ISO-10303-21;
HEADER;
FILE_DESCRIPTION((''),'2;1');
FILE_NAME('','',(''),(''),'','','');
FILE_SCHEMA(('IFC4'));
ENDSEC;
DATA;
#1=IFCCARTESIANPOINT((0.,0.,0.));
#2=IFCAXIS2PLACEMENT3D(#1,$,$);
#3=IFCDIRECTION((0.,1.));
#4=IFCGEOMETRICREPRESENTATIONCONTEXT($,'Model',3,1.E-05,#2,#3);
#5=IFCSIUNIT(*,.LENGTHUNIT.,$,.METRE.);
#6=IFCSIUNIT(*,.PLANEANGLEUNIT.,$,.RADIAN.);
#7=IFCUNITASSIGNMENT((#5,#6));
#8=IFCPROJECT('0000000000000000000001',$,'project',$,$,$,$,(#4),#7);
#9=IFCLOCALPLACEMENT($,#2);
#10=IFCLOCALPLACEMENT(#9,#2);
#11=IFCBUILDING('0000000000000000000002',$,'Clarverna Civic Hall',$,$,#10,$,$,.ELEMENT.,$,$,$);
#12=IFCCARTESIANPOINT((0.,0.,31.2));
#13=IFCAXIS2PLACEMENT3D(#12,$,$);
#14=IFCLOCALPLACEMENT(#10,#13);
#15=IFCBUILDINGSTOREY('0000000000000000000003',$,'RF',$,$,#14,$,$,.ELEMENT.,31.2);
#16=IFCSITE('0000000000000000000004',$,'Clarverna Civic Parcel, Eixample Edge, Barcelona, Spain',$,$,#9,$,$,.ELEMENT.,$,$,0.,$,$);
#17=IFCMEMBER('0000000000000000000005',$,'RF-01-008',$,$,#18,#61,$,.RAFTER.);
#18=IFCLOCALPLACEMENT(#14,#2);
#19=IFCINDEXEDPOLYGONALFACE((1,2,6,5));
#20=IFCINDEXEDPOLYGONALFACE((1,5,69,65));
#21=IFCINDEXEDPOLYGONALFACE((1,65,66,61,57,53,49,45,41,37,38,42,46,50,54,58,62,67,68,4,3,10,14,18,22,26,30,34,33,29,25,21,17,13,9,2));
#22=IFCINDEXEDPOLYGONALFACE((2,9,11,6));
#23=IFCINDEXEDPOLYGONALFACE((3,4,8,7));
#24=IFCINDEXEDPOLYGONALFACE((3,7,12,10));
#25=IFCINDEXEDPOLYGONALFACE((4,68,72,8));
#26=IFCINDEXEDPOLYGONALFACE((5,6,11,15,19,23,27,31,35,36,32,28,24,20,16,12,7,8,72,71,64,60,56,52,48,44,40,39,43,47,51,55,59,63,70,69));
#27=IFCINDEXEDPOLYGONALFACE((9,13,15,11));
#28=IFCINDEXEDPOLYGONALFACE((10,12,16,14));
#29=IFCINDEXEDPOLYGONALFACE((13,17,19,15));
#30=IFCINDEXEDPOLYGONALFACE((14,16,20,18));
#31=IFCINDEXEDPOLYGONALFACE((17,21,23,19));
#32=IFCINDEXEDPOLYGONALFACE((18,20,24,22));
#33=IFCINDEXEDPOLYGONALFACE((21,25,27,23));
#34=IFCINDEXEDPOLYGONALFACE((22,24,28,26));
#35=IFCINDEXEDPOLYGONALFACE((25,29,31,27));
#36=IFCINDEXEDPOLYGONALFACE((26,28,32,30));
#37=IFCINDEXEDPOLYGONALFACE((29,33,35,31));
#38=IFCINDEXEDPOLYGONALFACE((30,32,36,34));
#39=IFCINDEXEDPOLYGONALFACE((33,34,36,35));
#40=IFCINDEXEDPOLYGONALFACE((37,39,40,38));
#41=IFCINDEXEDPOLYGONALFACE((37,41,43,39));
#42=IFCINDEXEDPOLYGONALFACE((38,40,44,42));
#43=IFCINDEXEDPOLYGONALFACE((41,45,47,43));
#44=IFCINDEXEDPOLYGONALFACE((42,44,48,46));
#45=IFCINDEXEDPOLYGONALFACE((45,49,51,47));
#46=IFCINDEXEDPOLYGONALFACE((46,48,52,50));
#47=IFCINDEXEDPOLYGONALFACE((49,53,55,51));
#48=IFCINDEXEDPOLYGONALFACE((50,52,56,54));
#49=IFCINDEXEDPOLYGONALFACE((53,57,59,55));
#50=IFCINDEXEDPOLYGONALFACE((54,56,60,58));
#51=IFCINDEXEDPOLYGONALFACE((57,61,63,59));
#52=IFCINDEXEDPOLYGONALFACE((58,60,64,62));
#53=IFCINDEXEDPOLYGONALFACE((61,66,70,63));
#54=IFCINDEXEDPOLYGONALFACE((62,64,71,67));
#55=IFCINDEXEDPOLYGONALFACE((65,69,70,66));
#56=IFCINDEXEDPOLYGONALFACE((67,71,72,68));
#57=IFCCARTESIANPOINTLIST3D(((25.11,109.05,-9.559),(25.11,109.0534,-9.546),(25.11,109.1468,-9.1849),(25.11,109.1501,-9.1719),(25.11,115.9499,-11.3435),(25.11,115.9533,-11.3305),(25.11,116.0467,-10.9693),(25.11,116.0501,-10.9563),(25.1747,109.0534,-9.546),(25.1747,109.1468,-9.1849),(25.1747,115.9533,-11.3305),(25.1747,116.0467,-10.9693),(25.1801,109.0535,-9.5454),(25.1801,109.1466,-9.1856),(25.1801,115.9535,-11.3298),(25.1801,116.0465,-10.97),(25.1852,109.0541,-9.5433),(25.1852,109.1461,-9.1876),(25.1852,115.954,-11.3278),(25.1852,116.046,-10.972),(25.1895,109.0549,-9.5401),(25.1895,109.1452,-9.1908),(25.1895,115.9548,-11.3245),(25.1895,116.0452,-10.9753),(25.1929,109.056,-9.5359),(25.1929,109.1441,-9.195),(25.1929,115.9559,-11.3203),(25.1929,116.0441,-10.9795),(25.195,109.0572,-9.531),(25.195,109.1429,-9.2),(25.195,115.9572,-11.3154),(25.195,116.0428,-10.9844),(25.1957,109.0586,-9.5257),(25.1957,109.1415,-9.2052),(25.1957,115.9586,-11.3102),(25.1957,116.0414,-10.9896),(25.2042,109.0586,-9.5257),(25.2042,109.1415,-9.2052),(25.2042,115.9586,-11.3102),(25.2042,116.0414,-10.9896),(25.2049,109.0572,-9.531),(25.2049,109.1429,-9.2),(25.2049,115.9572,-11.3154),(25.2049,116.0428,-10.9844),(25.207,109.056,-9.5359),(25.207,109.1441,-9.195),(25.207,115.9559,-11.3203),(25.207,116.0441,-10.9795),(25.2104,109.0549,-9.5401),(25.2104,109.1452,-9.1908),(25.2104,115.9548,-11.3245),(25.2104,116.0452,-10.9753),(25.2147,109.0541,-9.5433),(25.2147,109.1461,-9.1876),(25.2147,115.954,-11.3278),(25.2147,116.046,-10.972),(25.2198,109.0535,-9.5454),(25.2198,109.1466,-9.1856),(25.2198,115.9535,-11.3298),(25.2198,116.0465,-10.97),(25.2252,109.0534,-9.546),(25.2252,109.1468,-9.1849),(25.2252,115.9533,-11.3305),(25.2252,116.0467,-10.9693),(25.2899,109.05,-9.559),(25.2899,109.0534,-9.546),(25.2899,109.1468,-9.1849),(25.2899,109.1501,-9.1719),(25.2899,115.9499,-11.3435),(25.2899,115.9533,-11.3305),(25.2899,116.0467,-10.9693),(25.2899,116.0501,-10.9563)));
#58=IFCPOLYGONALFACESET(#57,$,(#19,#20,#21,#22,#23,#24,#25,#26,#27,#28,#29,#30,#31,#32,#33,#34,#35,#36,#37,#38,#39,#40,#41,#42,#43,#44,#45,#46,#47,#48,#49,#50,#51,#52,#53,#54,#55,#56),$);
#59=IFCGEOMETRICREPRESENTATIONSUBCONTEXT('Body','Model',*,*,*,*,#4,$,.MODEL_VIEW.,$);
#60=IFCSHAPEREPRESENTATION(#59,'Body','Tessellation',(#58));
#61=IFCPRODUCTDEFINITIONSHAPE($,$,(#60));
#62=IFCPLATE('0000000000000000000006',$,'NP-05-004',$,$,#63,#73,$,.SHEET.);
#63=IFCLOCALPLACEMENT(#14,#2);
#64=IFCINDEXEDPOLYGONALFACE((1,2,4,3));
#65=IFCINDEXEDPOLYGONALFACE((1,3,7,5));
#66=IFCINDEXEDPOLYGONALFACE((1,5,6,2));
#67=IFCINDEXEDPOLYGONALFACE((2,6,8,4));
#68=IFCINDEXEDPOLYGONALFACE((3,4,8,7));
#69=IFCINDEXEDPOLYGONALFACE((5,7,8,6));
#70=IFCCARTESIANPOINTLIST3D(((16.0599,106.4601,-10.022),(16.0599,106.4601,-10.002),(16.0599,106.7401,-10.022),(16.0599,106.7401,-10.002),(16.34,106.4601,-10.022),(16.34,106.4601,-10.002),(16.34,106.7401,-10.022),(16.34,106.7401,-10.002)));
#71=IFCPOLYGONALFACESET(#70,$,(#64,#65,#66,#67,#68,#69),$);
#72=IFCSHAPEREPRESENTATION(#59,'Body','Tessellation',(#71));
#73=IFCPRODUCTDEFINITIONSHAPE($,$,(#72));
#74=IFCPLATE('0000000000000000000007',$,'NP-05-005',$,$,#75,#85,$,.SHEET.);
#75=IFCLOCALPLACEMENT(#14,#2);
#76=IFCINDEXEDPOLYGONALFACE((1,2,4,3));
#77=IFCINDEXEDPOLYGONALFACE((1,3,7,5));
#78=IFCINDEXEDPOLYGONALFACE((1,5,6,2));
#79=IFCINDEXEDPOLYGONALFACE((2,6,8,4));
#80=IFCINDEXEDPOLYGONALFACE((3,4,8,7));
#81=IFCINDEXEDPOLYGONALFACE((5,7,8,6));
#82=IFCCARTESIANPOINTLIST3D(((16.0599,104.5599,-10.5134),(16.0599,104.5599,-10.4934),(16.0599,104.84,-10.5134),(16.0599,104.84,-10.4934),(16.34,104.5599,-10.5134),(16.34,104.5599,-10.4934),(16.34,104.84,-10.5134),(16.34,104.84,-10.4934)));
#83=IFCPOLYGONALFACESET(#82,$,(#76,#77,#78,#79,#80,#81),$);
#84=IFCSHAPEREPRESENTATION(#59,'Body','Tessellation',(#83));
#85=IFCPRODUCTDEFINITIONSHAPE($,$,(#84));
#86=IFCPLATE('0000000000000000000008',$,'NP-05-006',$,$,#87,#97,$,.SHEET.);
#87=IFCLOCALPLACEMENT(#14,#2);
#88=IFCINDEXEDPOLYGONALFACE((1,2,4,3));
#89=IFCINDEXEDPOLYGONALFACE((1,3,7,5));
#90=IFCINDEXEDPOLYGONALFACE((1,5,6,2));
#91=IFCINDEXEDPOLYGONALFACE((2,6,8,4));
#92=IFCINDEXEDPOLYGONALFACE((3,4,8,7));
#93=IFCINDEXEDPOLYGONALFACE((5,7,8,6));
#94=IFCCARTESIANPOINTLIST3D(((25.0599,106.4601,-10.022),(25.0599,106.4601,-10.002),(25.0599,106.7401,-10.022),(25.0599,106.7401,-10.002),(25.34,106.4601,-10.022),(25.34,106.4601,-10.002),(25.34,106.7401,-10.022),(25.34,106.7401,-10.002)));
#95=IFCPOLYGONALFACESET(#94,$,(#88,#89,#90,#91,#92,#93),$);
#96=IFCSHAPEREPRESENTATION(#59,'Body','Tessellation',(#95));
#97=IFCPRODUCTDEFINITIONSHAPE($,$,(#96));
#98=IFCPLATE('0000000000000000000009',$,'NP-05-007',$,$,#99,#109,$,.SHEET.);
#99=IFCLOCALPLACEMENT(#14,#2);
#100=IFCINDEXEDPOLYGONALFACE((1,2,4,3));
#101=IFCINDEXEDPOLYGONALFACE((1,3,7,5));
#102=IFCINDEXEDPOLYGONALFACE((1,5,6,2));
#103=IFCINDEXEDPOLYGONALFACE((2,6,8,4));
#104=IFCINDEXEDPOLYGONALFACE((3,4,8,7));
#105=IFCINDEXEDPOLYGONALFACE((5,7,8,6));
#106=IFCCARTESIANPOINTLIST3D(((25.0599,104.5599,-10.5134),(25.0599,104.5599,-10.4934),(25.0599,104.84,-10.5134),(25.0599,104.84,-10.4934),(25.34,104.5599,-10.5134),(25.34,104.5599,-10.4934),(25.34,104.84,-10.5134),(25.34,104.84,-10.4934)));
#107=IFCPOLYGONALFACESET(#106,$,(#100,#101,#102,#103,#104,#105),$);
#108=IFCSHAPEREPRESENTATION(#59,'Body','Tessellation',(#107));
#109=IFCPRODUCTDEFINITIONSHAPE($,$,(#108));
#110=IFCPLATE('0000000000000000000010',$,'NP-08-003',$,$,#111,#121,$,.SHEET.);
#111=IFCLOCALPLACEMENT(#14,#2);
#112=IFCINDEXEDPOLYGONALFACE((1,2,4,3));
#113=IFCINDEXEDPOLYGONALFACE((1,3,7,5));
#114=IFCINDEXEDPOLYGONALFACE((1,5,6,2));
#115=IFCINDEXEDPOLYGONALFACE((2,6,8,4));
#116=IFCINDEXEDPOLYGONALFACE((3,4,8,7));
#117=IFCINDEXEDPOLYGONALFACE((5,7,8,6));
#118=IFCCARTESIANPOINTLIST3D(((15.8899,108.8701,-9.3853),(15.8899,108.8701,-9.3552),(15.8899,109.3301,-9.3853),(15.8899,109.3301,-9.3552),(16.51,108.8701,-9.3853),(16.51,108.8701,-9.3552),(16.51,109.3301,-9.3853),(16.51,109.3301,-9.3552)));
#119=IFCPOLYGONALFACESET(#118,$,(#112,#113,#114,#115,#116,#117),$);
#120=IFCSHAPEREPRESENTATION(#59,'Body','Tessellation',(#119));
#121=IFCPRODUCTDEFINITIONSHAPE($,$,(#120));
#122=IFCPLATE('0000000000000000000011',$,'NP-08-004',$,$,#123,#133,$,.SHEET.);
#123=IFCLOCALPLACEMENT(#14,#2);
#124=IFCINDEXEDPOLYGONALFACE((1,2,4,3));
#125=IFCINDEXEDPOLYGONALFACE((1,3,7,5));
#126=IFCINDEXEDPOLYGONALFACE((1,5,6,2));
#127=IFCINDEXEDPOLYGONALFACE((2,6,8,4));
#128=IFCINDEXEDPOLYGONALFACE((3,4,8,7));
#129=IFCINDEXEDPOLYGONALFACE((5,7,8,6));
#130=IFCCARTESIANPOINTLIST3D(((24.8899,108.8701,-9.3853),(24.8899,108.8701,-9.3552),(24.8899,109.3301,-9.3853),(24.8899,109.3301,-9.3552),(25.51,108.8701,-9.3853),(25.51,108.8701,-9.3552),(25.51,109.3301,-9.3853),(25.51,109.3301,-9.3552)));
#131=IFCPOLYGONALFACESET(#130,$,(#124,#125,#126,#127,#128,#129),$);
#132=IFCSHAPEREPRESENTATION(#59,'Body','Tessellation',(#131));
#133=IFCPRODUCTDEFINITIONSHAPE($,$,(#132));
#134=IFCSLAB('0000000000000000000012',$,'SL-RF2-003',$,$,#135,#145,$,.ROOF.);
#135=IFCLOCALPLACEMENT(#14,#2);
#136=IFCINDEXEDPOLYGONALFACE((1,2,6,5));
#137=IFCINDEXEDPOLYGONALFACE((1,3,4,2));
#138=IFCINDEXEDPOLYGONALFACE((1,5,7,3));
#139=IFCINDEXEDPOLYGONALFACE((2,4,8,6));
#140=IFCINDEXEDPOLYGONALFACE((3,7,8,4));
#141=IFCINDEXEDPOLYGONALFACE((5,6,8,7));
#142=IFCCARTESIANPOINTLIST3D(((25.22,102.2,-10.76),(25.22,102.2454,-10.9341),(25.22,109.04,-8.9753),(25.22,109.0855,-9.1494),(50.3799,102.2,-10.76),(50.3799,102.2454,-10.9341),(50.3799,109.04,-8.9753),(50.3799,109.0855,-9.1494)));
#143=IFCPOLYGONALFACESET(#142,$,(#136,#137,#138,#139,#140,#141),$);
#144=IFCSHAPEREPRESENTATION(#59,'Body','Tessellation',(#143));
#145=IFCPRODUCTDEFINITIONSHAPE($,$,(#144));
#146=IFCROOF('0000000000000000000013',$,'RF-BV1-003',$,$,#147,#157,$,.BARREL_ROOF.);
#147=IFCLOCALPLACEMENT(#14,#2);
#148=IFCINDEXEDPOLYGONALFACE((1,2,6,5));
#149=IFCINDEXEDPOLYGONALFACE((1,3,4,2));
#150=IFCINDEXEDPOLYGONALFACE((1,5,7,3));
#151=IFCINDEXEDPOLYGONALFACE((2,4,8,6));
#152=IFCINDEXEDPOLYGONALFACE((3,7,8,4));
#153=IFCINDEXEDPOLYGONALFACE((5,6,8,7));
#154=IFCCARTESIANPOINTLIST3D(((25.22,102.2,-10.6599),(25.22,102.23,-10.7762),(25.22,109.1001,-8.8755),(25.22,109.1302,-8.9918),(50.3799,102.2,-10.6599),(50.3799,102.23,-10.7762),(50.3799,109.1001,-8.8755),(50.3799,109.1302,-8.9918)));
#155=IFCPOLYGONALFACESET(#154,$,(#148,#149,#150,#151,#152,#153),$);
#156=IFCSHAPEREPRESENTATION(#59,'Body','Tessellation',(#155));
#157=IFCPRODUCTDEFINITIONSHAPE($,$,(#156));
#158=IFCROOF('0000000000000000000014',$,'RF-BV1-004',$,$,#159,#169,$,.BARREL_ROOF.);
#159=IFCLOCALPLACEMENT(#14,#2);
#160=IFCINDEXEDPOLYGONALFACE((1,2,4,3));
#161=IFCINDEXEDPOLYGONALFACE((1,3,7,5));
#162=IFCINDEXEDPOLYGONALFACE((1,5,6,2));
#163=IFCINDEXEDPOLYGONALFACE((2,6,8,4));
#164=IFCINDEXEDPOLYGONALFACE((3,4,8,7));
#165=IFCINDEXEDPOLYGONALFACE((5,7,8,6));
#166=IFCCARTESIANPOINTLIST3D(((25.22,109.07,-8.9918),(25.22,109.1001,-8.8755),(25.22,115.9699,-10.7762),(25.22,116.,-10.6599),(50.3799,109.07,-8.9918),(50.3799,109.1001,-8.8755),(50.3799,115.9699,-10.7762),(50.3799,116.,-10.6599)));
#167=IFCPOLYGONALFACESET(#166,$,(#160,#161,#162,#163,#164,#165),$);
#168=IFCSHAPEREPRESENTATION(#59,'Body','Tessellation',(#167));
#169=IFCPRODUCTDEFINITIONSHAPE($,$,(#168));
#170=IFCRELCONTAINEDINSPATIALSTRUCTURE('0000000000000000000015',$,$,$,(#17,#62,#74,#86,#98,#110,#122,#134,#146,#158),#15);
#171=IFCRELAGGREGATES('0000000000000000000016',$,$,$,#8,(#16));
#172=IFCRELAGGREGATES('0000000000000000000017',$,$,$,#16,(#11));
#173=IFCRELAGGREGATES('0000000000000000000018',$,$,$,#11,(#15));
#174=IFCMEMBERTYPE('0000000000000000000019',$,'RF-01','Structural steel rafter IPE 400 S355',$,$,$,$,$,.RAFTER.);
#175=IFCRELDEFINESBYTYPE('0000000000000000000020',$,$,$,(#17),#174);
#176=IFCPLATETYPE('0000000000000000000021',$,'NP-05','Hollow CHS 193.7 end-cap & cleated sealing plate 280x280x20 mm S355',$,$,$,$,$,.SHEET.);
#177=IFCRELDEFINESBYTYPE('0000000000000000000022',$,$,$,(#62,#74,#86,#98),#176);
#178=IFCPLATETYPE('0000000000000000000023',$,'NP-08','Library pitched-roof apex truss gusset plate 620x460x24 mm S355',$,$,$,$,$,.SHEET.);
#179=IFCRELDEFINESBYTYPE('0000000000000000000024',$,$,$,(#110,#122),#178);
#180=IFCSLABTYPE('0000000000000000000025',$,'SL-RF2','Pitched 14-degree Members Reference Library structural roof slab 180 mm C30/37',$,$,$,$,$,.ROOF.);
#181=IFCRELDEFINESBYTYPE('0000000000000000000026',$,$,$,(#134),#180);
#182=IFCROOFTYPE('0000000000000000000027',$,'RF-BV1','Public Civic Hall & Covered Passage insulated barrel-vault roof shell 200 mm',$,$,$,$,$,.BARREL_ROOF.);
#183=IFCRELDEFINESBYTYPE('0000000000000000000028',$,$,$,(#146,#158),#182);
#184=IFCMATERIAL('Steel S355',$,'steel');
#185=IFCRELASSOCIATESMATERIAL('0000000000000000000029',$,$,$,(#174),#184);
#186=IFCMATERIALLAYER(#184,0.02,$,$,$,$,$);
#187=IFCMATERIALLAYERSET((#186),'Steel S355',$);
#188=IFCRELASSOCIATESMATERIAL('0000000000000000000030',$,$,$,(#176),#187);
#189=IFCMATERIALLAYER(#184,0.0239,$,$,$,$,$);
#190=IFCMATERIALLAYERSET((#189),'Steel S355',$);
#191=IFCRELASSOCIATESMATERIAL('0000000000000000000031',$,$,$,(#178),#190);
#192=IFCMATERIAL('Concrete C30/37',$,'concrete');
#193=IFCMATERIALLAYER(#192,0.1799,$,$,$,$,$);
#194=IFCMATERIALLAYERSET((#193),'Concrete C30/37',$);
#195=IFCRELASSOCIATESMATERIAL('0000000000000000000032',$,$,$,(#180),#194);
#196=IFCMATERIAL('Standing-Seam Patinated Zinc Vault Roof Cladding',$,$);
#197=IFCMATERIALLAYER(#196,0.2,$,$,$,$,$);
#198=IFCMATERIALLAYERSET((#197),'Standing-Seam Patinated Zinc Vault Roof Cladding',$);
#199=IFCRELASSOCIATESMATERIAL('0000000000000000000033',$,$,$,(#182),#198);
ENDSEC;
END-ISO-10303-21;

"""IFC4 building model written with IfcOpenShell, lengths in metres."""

from ifc_helpers import new_model, si_unit, direction, frame, origin, origin_2d, place, context, subcontext, project, spatial, polyline, rectangle, i_section, outline, extrude, material, layer, layer_set, material_profile, profile_set, type_object, element, save


model = new_model("IFC4")

# Units and contexts
model_context = context("Model", 3, precision=1e-05, world=origin(), true_north=direction((0.0, 1.0)))
body_context = subcontext(model_context, "Body", "Model", "MODEL_VIEW")
ifc_project = project(units=[si_unit("LENGTHUNIT", "METRE"), si_unit("PLANEANGLEUNIT", "RADIAN")], contexts=[model_context])

# Site, building, storey
site_placement = place(None, origin())
site = spatial("IfcSite", under=ifc_project, at=site_placement, Name="Clarverna Civic Parcel, Eixample Edge, Barcelona, Spain", CompositionType="ELEMENT", RefElevation=0.0)
building_placement = place(site_placement, origin())
building = spatial("IfcBuilding", under=site, at=building_placement, Name="Clarverna Civic Hall", CompositionType="ELEMENT")
storey_placement = place(building_placement, frame((0.0, 0.0, 31.2)))
storey = spatial("IfcBuildingStorey", under=building, at=storey_placement, Name="RF", CompositionType="ELEMENT", Elevation=31.2)

# Member
ifc_material_1 = material(Name="Steel S355", Category="steel")
ifc_material_profile_1 = material_profile(ifc_material_1, i_section(OverallWidth=0.1799, OverallDepth=0.3999, WebThickness=0.0085, FlangeThickness=0.0134, FilletRadius=0.021, at=origin_2d()), Name="IPE 400")
ifc_profile_set_1 = profile_set([ifc_material_profile_1], Name="Steel S355")
member_type_1 = type_object("IfcMemberType", Name="RF-01", Description="Structural steel rafter IPE 400 S355", PredefinedType="RAFTER", material=ifc_profile_set_1)
member_1_placement = place(storey_placement, frame((25.2, 116.0, -11.1499), z_axis=(0.0, -0.968148, 0.250378), x_axis=(1.0, 0.0, 0.0)))
element("IfcMember", 1, at=member_1_placement, inside=storey, type_object=member_type_1, Name="RF-01-008", PredefinedType="RAFTER", context=body_context, shape_type="SweptSolid", body=[
    extrude(i_section(OverallWidth=0.1799, OverallDepth=0.3999, WebThickness=0.0085, FlangeThickness=0.0134, FilletRadius=0.021, at=origin_2d()), origin(), (0.0, 0.0, 1.0), 7.127),
])

# Plates
ifc_layer_1 = layer(ifc_material_1, 0.02)
ifc_layer_set_1 = layer_set([ifc_layer_1], Name="Steel S355")
plate_type_1 = type_object("IfcPlateType", Name="NP-05", Description="Hollow CHS 193.7 end-cap & cleated sealing plate 280x280x20 mm S355", PredefinedType="SHEET", material=ifc_layer_set_1)
for number, where, z_axis, x_axis, name in (
    (2, (16.2, 106.6001, -10.022), (0.0, 0.0, 1.0), (1.0, 0.0, 0.0), "NP-05-004"),
    (3, (16.2, 104.7, -10.5134), (0.0, 0.0, 1.0), (1.0, 0.0, 0.0), "NP-05-005"),
    (4, (25.2, 106.6001, -10.022), (0.0, 0.0, 1.0), (1.0, 0.0, 0.0), "NP-05-006"),
    (5, (25.2, 104.7, -10.5134), (0.0, 0.0, 1.0), (1.0, 0.0, 0.0), "NP-05-007"),
):
    element("IfcPlate", number, at=place(storey_placement, frame(where, z_axis=z_axis, x_axis=x_axis)), inside=storey, type_object=plate_type_1, Name=name, PredefinedType="SHEET", context=body_context, shape_type="SweptSolid", body=[
        extrude(rectangle(XDim=0.28, YDim=0.28, at=origin_2d()), origin(), (0.0, 0.0, 1.0), 0.02),
    ])
ifc_layer_2 = layer(ifc_material_1, 0.0239)
ifc_layer_set_2 = layer_set([ifc_layer_2], Name="Steel S355")
plate_type_2 = type_object("IfcPlateType", Name="NP-08", Description="Library pitched-roof apex truss gusset plate 620x460x24 mm S355", PredefinedType="SHEET", material=ifc_layer_set_2)
for number, where, z_axis, x_axis, name in (
    (6, (16.2, 109.1001, -9.3853), (0.0, 0.0, 1.0), (1.0, 0.0, 0.0), "NP-08-003"),
    (7, (25.2, 109.1001, -9.3853), (0.0, 0.0, 1.0), (1.0, 0.0, 0.0), "NP-08-004"),
):
    element("IfcPlate", number, at=place(storey_placement, frame(where, z_axis=z_axis, x_axis=x_axis)), inside=storey, type_object=plate_type_2, Name=name, PredefinedType="SHEET", context=body_context, shape_type="SweptSolid", body=[
        extrude(rectangle(XDim=0.6201, YDim=0.46, at=origin_2d()), origin(), (0.0, 0.0, 1.0), 0.03),
    ])

# Slab
ifc_material_2 = material(Name="Concrete C30/37", Category="concrete")
ifc_layer_3 = layer(ifc_material_2, 0.1799)
ifc_layer_set_3 = layer_set([ifc_layer_3], Name="Concrete C30/37")
slab_type = type_object("IfcSlabType", Name="SL-RF2", Description="Pitched 14-degree Members Reference Library structural roof slab 180 mm C30/37", PredefinedType="ROOF", material=ifc_layer_set_3)
slab_placement = place(storey_placement, frame((25.22, 102.2, -10.76), z_axis=(0.0, -0.252461, 0.967607), x_axis=(1.0, 0.0, 0.0)))
element("IfcSlab", 8, at=slab_placement, inside=storey, type_object=slab_type, Name="SL-RF2-003", PredefinedType="ROOF", context=body_context, shape_type="SweptSolid", body=[
    extrude(outline(polyline([(0.0, 0.0), (25.1599, 0.0), (25.1599, 7.0691), (0.0, 7.0691), (0.0, 0.0)])), origin(), (0.0, 0.0, -1.0), 0.1799),
])

# Roofs
ifc_material_3 = material(Name="Standing-Seam Patinated Zinc Vault Roof Cladding")
ifc_layer_4 = layer(ifc_material_3, 0.2)
ifc_layer_set_4 = layer_set([ifc_layer_4], Name="Standing-Seam Patinated Zinc Vault Roof Cladding")
roof_type = type_object("IfcRoofType", Name="RF-BV1", Description="Public Civic Hall & Covered Passage insulated barrel-vault roof shell 200 mm", PredefinedType="BARREL_ROOF", material=ifc_layer_set_4)
roof_1_placement = place(storey_placement, frame((25.22, 102.2, -10.6599), z_axis=(0.0, -0.25037, 0.96815), x_axis=(1.0, 0.0, 0.0)))
element("IfcRoof", 9, at=roof_1_placement, inside=storey, type_object=roof_type, Name="RF-BV1-003", PredefinedType="BARREL_ROOF", context=body_context, shape_type="SweptSolid", body=[
    extrude(outline(polyline([(0.0, 0.0), (25.1599, 0.0), (25.1599, 7.1271), (0.0, 7.1271), (0.0, 0.0)])), origin(), (0.0, 0.0, -1.0), 0.1201),
])
roof_2_placement = place(storey_placement, frame((25.22, 109.1001, -8.8755), z_axis=(0.0, 0.250378, 0.968148), x_axis=(1.0, 0.0, 0.0)))
element("IfcRoof", 10, at=roof_2_placement, inside=storey, type_object=roof_type, Name="RF-BV1-004", PredefinedType="BARREL_ROOF", context=body_context, shape_type="SweptSolid", body=[
    extrude(outline(polyline([(0.0, 0.0), (25.1599, 0.0), (25.1599, 7.1269), (0.0, 7.1269), (0.0, 0.0)])), origin(), (0.0, 0.0, -1.0), 0.1201),
])

save(model, "model.ifc")
